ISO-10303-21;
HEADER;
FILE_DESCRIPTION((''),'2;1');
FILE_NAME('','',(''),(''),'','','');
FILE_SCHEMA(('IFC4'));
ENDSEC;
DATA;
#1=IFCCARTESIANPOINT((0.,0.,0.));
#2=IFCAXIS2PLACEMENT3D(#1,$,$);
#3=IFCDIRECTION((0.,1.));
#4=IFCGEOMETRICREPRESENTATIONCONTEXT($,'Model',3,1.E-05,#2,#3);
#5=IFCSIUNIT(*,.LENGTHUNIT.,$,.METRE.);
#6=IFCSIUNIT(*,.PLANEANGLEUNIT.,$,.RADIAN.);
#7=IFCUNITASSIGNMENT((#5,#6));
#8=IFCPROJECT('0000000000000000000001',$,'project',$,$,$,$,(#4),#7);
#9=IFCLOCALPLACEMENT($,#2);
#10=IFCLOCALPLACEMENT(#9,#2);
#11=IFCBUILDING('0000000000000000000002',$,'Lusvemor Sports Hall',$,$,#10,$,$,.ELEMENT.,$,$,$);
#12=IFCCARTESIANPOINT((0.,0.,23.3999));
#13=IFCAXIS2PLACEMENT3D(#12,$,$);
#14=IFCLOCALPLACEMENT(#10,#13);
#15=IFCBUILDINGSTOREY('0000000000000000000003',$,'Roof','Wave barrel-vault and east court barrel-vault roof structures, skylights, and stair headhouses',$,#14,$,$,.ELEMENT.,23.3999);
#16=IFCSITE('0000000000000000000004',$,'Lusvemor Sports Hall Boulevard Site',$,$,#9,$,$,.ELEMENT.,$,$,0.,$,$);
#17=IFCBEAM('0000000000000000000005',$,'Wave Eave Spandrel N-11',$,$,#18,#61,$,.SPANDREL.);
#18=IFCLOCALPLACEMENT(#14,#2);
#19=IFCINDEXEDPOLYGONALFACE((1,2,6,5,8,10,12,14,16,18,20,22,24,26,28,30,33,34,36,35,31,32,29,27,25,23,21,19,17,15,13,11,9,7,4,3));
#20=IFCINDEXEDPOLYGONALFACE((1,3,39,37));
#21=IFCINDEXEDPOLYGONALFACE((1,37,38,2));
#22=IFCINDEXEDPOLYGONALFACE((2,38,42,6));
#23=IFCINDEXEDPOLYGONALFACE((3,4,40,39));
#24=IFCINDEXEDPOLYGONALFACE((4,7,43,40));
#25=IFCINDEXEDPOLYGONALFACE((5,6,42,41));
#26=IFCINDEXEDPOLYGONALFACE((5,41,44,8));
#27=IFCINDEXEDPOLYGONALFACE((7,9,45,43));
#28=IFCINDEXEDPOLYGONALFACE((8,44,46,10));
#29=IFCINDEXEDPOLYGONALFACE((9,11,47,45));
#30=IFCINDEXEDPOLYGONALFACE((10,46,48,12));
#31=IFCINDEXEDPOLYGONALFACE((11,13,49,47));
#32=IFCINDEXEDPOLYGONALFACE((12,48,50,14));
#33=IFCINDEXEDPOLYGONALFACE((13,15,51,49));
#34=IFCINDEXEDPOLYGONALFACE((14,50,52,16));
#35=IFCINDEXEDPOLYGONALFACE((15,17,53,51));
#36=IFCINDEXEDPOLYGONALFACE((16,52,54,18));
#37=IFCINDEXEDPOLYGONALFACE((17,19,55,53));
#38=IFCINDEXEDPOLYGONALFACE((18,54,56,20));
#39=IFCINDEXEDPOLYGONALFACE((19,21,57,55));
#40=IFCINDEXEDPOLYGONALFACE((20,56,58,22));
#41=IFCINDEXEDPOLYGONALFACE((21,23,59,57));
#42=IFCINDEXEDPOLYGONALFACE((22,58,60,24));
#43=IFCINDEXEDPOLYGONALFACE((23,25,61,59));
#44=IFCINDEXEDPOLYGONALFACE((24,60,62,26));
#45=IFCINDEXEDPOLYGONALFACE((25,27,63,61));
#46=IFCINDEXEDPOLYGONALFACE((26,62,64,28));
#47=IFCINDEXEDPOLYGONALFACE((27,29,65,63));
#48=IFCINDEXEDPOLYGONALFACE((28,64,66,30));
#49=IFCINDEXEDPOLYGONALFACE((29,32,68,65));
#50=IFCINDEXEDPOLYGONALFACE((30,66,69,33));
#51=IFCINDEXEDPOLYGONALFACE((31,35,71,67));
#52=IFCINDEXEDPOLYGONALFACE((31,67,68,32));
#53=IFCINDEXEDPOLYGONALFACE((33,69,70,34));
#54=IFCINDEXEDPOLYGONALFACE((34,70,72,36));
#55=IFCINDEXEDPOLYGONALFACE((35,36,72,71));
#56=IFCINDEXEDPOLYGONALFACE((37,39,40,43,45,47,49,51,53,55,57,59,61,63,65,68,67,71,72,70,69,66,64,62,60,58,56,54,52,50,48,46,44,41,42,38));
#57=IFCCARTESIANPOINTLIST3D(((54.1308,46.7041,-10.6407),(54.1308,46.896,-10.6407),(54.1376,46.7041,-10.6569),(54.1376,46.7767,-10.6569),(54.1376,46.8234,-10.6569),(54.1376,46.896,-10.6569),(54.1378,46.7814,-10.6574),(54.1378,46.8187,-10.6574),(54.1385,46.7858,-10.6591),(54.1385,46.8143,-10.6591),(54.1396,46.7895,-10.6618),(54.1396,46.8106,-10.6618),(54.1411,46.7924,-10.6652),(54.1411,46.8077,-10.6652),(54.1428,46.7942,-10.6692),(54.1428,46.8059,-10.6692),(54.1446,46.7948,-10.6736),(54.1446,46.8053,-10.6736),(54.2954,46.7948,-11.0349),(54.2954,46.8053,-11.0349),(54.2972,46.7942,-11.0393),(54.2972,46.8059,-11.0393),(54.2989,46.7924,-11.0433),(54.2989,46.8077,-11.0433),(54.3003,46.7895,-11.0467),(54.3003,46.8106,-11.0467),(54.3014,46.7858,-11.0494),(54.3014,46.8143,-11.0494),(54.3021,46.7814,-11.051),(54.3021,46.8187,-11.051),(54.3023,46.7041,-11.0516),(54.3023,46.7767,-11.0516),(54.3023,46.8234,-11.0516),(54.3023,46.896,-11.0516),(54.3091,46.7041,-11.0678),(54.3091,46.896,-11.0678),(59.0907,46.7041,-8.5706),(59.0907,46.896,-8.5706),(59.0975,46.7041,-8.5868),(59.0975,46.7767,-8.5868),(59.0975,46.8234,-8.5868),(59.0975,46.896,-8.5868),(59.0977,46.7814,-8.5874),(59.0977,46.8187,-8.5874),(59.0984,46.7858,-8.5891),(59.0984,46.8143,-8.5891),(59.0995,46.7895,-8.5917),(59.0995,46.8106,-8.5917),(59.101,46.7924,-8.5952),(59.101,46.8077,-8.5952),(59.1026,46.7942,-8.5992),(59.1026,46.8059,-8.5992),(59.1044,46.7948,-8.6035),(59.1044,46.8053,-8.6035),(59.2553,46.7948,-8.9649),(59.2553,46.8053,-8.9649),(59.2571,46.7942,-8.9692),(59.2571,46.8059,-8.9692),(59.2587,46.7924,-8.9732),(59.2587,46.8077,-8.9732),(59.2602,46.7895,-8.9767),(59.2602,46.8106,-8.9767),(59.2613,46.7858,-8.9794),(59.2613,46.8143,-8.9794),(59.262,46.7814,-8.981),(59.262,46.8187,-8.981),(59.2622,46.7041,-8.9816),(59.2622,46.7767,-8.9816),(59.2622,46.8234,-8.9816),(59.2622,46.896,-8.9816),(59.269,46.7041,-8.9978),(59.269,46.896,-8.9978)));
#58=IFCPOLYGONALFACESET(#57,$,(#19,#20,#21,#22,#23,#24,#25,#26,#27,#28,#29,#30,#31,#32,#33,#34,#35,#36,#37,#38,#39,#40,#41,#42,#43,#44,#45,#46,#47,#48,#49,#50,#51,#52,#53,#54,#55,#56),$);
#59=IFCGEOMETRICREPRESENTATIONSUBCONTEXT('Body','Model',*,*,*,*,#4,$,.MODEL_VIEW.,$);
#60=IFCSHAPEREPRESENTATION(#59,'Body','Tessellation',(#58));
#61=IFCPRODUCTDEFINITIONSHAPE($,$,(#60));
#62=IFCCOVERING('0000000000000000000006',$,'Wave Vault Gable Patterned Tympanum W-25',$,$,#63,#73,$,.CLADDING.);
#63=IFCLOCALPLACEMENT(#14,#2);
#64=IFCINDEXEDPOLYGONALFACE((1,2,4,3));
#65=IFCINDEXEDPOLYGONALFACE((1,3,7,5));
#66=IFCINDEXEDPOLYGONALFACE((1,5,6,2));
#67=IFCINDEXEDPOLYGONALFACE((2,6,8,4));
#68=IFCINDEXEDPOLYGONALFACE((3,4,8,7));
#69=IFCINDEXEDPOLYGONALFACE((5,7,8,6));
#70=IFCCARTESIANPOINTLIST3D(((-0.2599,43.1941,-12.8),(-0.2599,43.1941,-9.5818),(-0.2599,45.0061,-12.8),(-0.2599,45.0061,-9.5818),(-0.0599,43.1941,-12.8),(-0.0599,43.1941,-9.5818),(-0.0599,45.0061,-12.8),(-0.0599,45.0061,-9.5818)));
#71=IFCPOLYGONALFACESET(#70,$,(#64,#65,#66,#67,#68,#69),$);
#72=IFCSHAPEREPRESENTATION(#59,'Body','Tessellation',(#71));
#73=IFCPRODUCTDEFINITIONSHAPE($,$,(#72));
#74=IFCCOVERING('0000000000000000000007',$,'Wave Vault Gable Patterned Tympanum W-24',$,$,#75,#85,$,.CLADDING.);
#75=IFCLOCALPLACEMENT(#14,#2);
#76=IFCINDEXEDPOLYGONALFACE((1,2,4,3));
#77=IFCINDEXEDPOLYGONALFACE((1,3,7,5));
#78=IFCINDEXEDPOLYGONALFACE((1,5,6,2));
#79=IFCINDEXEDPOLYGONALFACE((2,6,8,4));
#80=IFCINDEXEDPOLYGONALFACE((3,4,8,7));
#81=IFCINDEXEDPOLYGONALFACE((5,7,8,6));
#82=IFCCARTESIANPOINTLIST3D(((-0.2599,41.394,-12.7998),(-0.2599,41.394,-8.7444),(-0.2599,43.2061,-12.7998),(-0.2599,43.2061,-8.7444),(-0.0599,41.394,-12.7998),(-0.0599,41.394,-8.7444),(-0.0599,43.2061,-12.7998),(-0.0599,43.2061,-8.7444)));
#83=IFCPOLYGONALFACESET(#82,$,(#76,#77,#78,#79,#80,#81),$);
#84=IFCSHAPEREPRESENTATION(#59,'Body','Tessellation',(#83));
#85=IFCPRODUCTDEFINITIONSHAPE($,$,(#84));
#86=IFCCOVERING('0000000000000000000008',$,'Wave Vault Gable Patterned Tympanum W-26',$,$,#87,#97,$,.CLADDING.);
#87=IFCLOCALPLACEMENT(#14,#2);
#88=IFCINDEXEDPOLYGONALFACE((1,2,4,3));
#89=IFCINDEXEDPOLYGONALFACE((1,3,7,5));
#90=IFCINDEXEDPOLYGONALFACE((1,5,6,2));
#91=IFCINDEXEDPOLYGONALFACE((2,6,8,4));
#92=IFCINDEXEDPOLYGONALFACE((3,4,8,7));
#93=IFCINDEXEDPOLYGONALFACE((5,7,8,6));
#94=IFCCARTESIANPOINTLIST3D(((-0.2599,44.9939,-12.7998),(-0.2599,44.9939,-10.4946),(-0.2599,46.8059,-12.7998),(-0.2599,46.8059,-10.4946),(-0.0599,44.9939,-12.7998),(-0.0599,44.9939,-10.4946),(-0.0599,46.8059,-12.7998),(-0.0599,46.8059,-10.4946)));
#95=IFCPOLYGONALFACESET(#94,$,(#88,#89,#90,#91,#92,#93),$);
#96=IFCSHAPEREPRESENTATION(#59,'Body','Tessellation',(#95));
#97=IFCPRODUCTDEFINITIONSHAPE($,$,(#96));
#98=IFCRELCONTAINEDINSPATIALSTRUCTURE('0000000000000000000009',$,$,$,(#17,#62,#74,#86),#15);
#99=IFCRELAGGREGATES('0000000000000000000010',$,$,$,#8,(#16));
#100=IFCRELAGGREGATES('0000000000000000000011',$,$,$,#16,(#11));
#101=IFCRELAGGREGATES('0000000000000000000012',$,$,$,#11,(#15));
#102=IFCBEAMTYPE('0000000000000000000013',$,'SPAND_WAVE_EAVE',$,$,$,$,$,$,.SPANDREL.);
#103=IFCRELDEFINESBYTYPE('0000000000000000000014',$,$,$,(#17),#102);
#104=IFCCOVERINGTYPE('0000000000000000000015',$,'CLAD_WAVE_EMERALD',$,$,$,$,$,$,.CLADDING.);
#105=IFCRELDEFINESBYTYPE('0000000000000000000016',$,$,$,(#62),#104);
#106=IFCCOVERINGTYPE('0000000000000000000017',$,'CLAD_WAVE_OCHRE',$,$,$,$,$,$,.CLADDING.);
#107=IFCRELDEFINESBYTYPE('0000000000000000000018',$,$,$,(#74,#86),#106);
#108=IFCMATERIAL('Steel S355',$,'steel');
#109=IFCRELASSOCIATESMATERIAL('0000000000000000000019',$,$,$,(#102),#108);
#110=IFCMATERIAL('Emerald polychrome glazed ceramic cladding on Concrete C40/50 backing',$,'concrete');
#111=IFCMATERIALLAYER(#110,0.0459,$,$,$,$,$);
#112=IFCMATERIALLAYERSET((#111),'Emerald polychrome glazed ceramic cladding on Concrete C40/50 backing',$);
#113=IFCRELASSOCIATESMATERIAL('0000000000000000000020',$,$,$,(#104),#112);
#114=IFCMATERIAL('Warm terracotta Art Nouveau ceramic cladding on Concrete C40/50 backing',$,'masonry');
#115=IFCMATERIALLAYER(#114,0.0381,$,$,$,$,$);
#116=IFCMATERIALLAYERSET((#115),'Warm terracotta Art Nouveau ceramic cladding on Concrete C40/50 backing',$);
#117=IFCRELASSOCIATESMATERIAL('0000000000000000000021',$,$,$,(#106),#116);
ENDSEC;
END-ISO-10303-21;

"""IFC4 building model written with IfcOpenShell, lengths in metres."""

from ifc_helpers import new_model, si_unit, direction, frame, origin, origin_2d, place, context, subcontext, project, spatial, rectangle, i_section, extrude, material, layer, layer_set, material_profile, profile_set, type_object, element, save


model = new_model("IFC4")

# Units and contexts
model_context = context("Model", 3, precision=1e-05, world=origin(), true_north=direction((0.0, 1.0)))
body_context = subcontext(model_context, "Body", "Model", "MODEL_VIEW")
ifc_project = project(units=[si_unit("LENGTHUNIT", "METRE"), si_unit("PLANEANGLEUNIT", "RADIAN")], contexts=[model_context])

# Site, building, storey
site_placement = place(None, origin())
site = spatial("IfcSite", under=ifc_project, at=site_placement, Name="Lusvemor Sports Hall Boulevard Site", CompositionType="ELEMENT", RefElevation=0.0)
building_placement = place(site_placement, origin())
building = spatial("IfcBuilding", under=site, at=building_placement, Name="Lusvemor Sports Hall", CompositionType="ELEMENT")
storey_placement = place(building_placement, frame((0.0, 0.0, 23.3999)))
storey = spatial("IfcBuildingStorey", under=building, at=storey_placement, Name="Roof", Description="Wave barrel-vault and east court barrel-vault roof structures, skylights, and stair headhouses", CompositionType="ELEMENT", Elevation=23.3999)

# Beam
ifc_material_1 = material(Name="Steel S355", Category="steel")
ifc_material_profile_1 = material_profile(ifc_material_1, i_section(OverallWidth=0.1919, OverallDepth=0.4629, WebThickness=0.0105, FlangeThickness=0.0176, FilletRadius=0.0181, at=origin_2d()), Name="W460x89.0")
ifc_profile_set_1 = profile_set([ifc_material_profile_1], Name="Steel S355")
beam_type_1 = type_object("IfcBeamType", Name="SPAND_WAVE_EAVE", PredefinedType="SPANDREL", material=ifc_profile_set_1)
beam_1_placement = place(storey_placement, frame((54.22, 46.8, -10.8542), z_axis=(0.922851, 0.0, 0.385157), x_axis=(0.0, 1.0, 0.0)))
element("IfcBeam", 1, at=beam_1_placement, inside=storey, type_object=beam_type_1, Name="Wave Eave Spandrel N-11", PredefinedType="SPANDREL", context=body_context, shape_type="SweptSolid", body=[
    extrude(i_section(OverallWidth=0.1919, OverallDepth=0.4629, WebThickness=0.0105, FlangeThickness=0.0176, FilletRadius=0.0181, at=origin_2d()), origin(), (0.0, 0.0, 1.0), 5.3745),
])

# Coverings
ifc_material_2 = material(Name="Emerald polychrome glazed ceramic cladding on Concrete C40/50 backing", Category="concrete")
ifc_layer_1 = layer(ifc_material_2, 0.0459)
ifc_layer_set_1 = layer_set([ifc_layer_1], Name="Emerald polychrome glazed ceramic cladding on Concrete C40/50 backing")
covering_type_1 = type_object("IfcCoveringType", Name="CLAD_WAVE_EMERALD", PredefinedType="CLADDING", material=ifc_layer_set_1)
covering_1_placement = place(storey_placement, frame((-0.1599, 44.1001, -12.8), z_axis=(0.0, 0.0, 1.0), x_axis=(1.0, 0.0, 0.0)))
element("IfcCovering", 2, at=covering_1_placement, inside=storey, type_object=covering_type_1, Name="Wave Vault Gable Patterned Tympanum W-25", PredefinedType="CLADDING", context=body_context, shape_type="SweptSolid", body=[
    extrude(rectangle(XDim=0.2, YDim=1.812, at=origin_2d()), origin(), (0.0, 0.0, 1.0), 3.2183),
])
ifc_material_3 = material(Name="Warm terracotta Art Nouveau ceramic cladding on Concrete C40/50 backing", Category="masonry")
ifc_layer_2 = layer(ifc_material_3, 0.0381)
ifc_layer_set_2 = layer_set([ifc_layer_2], Name="Warm terracotta Art Nouveau ceramic cladding on Concrete C40/50 backing")
covering_type_2 = type_object("IfcCoveringType", Name="CLAD_WAVE_OCHRE", PredefinedType="CLADDING", material=ifc_layer_set_2)
covering_2_placement = place(storey_placement, frame((-0.1599, 42.3, -12.7998), z_axis=(0.0, 0.0, 1.0), x_axis=(1.0, 0.0, 0.0)))
element("IfcCovering", 3, at=covering_2_placement, inside=storey, type_object=covering_type_2, Name="Wave Vault Gable Patterned Tympanum W-24", PredefinedType="CLADDING", context=body_context, shape_type="SweptSolid", body=[
    extrude(rectangle(XDim=0.2, YDim=1.812, at=origin_2d()), origin(), (0.0, 0.0, 1.0), 4.0554),
])
covering_3_placement = place(storey_placement, frame((-0.1599, 45.8999, -12.7998), z_axis=(0.0, 0.0, 1.0), x_axis=(1.0, 0.0, 0.0)))
element("IfcCovering", 4, at=covering_3_placement, inside=storey, type_object=covering_type_2, Name="Wave Vault Gable Patterned Tympanum W-26", PredefinedType="CLADDING", context=body_context, shape_type="SweptSolid", body=[
    extrude(rectangle(XDim=0.2, YDim=1.812, at=origin_2d()), origin(), (0.0, 0.0, 1.0), 2.3052),
])

save(model, "model.ifc")
